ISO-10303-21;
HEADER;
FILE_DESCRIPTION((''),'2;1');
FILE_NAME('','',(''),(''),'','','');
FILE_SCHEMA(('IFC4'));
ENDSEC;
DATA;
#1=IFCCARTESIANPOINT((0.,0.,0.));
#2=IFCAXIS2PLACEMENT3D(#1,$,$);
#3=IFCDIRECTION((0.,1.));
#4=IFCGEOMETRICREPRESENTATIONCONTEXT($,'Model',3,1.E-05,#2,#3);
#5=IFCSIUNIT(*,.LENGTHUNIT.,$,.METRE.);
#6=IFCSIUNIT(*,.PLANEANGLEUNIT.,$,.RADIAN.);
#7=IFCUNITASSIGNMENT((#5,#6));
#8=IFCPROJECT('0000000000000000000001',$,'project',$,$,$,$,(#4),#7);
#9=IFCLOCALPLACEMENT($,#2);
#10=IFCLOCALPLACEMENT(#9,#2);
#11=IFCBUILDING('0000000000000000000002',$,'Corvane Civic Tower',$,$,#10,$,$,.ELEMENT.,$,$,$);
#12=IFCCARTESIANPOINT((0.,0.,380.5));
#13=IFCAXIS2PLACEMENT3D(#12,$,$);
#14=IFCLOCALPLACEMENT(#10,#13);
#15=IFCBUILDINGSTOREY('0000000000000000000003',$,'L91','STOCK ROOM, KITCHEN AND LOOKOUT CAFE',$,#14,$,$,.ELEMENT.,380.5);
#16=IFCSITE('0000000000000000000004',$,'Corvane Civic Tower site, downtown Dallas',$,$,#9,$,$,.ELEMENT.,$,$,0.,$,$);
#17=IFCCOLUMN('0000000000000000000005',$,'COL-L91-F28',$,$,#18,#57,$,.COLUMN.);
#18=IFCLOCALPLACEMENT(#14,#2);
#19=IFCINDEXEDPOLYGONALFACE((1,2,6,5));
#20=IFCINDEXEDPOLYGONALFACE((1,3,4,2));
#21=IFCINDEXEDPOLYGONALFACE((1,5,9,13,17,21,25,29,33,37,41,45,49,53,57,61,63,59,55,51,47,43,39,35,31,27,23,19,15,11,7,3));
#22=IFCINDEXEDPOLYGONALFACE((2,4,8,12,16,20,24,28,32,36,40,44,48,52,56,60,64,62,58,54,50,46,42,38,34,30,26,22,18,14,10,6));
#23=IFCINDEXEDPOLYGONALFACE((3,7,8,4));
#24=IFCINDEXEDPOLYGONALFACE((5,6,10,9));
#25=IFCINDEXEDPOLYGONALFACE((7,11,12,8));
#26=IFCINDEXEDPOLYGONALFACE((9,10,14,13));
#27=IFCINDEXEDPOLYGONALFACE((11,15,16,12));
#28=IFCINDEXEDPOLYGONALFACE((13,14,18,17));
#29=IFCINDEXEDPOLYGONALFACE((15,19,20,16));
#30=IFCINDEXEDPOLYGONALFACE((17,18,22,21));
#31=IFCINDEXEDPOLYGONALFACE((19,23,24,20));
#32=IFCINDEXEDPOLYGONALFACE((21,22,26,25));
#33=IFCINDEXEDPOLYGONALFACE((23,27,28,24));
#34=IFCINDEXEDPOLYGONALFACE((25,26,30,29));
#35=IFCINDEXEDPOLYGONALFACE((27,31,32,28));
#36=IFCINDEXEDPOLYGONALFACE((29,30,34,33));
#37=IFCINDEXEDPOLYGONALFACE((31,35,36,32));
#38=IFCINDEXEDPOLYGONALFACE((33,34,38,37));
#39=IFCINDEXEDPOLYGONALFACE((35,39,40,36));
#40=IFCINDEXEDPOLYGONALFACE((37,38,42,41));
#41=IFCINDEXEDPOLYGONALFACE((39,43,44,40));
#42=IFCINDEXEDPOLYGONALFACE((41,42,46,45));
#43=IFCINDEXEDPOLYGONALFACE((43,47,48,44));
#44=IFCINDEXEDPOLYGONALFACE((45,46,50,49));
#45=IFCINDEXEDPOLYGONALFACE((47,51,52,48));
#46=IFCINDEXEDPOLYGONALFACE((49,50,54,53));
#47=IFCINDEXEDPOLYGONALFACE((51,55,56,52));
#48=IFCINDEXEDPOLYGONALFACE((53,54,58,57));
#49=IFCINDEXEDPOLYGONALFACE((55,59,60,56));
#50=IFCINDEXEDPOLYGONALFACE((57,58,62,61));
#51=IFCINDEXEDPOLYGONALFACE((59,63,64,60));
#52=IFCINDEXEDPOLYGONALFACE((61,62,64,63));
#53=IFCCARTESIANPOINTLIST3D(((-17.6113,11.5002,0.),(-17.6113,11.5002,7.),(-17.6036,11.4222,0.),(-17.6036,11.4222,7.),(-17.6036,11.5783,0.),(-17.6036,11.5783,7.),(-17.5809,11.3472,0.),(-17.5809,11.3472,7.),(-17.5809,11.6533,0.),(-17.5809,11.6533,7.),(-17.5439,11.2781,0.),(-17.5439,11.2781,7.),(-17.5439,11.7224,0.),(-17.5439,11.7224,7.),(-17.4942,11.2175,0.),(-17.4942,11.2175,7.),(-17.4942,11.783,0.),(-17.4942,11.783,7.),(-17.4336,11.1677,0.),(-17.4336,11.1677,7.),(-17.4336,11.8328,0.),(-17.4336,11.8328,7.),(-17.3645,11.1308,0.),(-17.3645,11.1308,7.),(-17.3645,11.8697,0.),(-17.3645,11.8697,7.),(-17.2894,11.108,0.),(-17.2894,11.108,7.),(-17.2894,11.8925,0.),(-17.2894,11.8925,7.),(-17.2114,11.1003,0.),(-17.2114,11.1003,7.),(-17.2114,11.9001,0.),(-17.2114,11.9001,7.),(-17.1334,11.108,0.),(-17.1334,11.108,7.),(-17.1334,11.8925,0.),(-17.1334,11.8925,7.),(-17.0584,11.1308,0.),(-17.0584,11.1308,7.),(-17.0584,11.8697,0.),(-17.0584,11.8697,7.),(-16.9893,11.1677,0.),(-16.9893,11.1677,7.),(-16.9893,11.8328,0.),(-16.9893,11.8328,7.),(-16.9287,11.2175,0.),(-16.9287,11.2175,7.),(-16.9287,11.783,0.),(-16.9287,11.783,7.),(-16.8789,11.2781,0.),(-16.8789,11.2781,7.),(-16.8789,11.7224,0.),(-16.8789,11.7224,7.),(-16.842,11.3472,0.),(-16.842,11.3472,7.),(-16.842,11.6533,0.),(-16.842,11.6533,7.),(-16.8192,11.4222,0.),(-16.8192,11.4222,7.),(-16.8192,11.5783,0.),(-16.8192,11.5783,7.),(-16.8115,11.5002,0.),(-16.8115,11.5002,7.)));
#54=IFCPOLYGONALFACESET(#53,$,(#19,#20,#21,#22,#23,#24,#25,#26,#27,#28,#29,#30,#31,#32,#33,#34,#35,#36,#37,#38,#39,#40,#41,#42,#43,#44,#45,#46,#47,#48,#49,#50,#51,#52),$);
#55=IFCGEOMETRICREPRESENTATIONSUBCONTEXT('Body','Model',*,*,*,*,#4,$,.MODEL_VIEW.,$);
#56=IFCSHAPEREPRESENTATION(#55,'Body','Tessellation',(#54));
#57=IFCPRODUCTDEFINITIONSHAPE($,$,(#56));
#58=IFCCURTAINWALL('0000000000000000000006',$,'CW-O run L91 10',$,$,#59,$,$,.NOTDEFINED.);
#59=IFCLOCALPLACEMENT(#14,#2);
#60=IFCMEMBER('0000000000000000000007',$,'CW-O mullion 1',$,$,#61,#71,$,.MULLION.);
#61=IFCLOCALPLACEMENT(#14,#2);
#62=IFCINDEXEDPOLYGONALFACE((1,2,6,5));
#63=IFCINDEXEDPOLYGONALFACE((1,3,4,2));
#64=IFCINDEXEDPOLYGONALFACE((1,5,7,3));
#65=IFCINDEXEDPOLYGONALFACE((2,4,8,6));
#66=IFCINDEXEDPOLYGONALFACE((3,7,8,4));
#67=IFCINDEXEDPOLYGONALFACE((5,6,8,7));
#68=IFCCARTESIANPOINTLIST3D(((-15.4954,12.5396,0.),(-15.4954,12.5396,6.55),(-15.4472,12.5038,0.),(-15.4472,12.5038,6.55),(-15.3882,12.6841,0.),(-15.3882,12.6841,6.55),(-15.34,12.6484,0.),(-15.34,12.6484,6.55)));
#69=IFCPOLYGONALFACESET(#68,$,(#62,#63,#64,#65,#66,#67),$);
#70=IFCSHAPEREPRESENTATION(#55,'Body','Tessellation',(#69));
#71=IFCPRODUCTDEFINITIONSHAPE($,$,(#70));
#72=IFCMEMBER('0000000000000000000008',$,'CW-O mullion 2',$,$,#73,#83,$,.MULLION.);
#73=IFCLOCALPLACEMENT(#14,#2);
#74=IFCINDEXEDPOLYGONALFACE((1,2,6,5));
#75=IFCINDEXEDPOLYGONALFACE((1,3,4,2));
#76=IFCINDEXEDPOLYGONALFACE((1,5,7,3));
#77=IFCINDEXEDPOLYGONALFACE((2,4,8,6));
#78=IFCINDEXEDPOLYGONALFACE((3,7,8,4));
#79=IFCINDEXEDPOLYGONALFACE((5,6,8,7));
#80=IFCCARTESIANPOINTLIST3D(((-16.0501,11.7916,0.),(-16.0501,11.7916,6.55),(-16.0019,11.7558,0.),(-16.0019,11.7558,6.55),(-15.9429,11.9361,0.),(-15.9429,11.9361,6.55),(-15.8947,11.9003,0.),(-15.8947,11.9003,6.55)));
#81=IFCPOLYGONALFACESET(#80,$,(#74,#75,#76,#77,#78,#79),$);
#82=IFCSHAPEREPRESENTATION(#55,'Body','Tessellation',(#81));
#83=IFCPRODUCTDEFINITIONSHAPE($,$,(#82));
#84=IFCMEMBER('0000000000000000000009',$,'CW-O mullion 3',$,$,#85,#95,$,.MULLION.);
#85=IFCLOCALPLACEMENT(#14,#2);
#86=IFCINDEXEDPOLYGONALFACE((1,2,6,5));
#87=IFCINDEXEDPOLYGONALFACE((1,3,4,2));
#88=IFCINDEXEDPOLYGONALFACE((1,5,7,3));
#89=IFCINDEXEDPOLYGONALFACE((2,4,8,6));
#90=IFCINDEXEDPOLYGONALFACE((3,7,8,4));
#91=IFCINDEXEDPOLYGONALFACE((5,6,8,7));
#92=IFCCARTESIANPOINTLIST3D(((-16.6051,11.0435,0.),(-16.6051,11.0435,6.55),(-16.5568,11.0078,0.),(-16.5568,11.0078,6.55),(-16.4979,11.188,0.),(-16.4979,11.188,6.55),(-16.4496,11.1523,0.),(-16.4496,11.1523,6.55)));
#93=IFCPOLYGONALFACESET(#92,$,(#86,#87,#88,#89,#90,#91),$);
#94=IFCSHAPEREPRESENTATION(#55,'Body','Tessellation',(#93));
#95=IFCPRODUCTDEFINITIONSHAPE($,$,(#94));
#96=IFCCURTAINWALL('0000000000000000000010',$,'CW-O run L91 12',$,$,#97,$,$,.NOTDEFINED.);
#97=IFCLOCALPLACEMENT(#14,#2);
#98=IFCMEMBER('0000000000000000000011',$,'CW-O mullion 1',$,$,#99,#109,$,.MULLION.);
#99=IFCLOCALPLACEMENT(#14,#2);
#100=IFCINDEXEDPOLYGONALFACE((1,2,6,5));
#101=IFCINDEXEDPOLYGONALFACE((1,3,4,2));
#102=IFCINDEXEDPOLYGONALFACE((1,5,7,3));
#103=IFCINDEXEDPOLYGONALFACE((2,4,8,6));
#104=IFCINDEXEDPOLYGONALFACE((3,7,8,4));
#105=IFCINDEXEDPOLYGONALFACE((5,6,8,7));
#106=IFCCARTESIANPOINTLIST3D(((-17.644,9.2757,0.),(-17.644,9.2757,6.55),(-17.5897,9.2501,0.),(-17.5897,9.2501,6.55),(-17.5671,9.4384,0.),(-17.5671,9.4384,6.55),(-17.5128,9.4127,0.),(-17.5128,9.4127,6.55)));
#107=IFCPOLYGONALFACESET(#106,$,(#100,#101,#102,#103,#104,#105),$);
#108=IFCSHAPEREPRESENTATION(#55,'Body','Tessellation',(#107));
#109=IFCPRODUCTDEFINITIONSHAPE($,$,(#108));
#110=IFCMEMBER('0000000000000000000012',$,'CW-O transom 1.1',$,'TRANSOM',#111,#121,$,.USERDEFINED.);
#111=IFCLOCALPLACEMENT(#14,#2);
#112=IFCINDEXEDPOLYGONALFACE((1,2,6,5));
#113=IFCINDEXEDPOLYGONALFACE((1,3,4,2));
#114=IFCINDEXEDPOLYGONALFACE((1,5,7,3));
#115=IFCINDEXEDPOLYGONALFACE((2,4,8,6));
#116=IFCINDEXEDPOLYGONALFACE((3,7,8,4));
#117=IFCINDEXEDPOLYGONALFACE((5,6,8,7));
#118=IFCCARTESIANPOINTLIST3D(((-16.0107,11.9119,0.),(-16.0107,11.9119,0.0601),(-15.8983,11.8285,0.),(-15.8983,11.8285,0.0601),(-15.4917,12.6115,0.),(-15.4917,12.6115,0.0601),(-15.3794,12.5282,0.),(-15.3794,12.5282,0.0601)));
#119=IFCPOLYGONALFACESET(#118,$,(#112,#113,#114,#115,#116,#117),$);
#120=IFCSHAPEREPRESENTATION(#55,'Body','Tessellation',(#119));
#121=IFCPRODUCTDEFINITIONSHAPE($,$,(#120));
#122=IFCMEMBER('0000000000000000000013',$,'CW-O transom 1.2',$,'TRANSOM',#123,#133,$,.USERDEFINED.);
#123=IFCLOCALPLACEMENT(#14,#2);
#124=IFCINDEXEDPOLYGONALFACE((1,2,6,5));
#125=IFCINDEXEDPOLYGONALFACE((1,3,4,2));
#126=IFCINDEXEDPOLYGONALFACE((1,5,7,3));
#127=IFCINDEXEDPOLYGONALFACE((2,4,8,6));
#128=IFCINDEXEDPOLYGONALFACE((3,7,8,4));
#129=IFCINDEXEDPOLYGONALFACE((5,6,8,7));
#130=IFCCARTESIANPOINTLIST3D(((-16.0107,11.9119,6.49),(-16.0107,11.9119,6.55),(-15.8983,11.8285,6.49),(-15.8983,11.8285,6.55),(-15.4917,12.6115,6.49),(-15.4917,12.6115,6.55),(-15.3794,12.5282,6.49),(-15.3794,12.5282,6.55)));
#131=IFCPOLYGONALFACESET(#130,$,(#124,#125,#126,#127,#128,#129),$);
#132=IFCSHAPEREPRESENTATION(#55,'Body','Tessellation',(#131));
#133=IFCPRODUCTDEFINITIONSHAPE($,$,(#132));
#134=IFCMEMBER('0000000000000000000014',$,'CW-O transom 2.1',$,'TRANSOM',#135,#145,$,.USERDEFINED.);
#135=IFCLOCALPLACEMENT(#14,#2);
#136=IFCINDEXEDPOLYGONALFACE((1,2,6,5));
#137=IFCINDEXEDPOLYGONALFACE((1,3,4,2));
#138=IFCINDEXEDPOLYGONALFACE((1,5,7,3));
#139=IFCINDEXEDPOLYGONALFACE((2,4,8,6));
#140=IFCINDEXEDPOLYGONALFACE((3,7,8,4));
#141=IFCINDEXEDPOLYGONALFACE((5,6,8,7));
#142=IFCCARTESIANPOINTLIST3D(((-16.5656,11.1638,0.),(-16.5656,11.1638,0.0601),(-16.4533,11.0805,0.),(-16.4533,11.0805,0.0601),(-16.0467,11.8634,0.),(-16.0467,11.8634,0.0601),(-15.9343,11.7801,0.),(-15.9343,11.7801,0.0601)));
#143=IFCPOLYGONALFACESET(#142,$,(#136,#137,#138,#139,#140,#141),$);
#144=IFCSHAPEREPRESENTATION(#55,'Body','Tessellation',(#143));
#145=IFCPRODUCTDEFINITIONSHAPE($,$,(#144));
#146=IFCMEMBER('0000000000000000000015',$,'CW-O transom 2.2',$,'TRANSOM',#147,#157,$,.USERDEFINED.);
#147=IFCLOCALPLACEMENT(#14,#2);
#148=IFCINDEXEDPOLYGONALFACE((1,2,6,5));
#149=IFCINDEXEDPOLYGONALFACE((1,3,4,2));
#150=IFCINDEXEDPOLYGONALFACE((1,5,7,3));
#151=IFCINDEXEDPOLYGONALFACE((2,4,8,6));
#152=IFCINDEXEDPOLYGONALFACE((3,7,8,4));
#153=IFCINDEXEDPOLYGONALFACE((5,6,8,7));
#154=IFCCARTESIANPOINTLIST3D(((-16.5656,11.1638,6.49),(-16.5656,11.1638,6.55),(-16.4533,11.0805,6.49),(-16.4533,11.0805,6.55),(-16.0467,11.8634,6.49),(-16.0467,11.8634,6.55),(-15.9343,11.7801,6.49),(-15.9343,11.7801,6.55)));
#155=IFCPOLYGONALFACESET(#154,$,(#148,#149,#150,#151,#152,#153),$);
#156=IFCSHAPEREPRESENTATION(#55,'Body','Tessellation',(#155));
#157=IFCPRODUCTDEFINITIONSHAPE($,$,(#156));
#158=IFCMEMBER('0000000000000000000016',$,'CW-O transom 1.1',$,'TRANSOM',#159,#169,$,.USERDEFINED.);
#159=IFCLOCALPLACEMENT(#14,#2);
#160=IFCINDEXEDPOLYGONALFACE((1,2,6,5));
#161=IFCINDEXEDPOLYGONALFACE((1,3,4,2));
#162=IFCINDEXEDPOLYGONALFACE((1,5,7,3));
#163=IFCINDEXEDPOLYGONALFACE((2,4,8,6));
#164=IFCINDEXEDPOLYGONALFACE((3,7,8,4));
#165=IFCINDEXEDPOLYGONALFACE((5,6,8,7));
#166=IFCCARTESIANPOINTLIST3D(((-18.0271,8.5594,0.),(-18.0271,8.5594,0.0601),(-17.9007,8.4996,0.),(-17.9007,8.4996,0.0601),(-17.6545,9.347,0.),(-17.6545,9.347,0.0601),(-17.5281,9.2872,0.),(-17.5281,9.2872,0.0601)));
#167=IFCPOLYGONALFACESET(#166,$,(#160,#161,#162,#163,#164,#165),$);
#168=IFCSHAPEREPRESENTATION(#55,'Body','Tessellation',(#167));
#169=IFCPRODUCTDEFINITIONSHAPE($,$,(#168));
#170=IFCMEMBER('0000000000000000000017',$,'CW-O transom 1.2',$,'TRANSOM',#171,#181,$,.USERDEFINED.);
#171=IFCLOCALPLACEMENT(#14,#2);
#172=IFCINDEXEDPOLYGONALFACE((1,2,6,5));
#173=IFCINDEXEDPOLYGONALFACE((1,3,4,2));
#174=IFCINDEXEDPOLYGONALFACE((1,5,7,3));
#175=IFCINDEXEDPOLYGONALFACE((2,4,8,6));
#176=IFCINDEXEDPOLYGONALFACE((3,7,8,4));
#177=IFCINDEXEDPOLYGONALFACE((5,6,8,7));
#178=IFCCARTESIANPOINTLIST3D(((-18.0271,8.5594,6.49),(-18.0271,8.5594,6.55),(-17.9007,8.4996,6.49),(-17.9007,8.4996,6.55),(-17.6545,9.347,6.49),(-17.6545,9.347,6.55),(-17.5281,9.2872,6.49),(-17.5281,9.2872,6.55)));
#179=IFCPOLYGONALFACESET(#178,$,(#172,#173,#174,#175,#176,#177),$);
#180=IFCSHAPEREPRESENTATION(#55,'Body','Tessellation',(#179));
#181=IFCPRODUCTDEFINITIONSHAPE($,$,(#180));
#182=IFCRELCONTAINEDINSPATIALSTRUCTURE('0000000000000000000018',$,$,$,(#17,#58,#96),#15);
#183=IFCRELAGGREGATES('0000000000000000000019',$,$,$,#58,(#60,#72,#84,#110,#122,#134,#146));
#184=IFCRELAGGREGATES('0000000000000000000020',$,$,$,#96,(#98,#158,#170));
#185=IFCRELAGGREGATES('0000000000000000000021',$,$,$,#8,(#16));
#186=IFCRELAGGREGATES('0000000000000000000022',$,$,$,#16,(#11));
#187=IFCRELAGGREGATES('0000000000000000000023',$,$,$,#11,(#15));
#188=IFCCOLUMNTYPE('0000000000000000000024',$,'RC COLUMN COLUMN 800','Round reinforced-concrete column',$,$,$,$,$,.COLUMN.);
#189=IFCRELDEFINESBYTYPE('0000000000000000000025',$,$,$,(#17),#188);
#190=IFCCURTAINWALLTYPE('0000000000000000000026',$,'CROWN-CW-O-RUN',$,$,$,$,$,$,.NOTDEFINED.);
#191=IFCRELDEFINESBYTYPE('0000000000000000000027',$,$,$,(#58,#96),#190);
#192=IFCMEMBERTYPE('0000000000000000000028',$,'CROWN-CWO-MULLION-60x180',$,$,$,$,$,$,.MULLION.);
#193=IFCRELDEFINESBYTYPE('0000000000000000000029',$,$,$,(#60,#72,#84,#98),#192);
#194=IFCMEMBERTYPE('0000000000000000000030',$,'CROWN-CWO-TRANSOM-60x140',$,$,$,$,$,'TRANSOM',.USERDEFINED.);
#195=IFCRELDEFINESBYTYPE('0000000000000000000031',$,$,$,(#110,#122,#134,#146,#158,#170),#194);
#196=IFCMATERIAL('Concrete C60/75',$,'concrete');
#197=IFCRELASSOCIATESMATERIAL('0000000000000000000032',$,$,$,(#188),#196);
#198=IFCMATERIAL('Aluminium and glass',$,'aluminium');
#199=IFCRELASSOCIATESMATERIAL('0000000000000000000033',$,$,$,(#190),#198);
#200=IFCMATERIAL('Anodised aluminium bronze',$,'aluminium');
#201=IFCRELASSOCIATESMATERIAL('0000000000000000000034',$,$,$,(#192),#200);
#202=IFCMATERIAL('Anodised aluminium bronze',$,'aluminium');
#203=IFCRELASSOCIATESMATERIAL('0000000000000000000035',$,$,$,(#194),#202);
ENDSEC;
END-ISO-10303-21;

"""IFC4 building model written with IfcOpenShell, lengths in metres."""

from ifc_helpers import new_model, si_unit, direction, frame, origin, origin_2d, place, context, subcontext, project, spatial, rectangle, circle, extrude, material, material_profile, profile_set, type_object, element, aggregate, save


model = new_model("IFC4")

# Units and contexts
model_context = context("Model", 3, precision=1e-05, world=origin(), true_north=direction((0.0, 1.0)))
body_context = subcontext(model_context, "Body", "Model", "MODEL_VIEW")
ifc_project = project(units=[si_unit("LENGTHUNIT", "METRE"), si_unit("PLANEANGLEUNIT", "RADIAN")], contexts=[model_context])

# Site, building, storey
site_placement = place(None, origin())
site = spatial("IfcSite", under=ifc_project, at=site_placement, Name="Corvane Civic Tower site, downtown Dallas", CompositionType="ELEMENT", RefElevation=0.0)
building_placement = place(site_placement, origin())
building = spatial("IfcBuilding", under=site, at=building_placement, Name="Corvane Civic Tower", CompositionType="ELEMENT")
storey_placement = place(building_placement, frame((0.0, 0.0, 380.5)))
storey = spatial("IfcBuildingStorey", under=building, at=storey_placement, Name="L91", Description="STOCK ROOM, KITCHEN AND LOOKOUT CAFE", CompositionType="ELEMENT", Elevation=380.5)

# Column
ifc_material_1 = material(Name="Concrete C60/75", Category="concrete")
ifc_material_profile_1 = material_profile(ifc_material_1, circle(Radius=0.3999, at=origin_2d()), Name="COLUMN 800")
ifc_profile_set_1 = profile_set([ifc_material_profile_1], Name="Concrete C60/75")
column_type = type_object("IfcColumnType", Name="RC COLUMN COLUMN 800", Description="Round reinforced-concrete column", PredefinedType="COLUMN", material=ifc_profile_set_1)
column_placement = place(storey_placement, frame((-17.2114, 11.5002, 0.0), z_axis=(0.0, 0.0, 1.0), x_axis=(1.0, 0.0, 0.0)))
element("IfcColumn", 1, at=column_placement, inside=storey, type_object=column_type, Name="COL-L91-F28", PredefinedType="COLUMN", context=body_context, shape_type="SweptSolid", body=[
    extrude(circle(Radius=0.3999, at=origin_2d()), origin(), (0.0, 0.0, 1.0), 7.0),
])

# Curtain wall, members
ifc_material_2 = material(Name="Aluminium and glass", Category="aluminium")
curtain_wall_type = type_object("IfcCurtainWallType", Name="CROWN-CW-O-RUN", PredefinedType="NOTDEFINED", material=ifc_material_2)
curtain_wall_1_placement = place(storey_placement, origin())
curtain_wall_1 = element("IfcCurtainWall", 2, at=curtain_wall_1_placement, inside=storey, type_object=curtain_wall_type, Name="CW-O run L91 10", PredefinedType="NOTDEFINED")
ifc_material_3 = material(Name="Anodised aluminium bronze", Category="aluminium")
ifc_material_profile_2 = material_profile(ifc_material_3, rectangle(XDim=0.0601, YDim=0.1799, at=origin_2d()), Name="AL 60x180")
ifc_profile_set_2 = profile_set([ifc_material_profile_2], Name="Anodised aluminium bronze")
member_type_1 = type_object("IfcMemberType", Name="CROWN-CWO-MULLION-60x180", PredefinedType="MULLION", material=ifc_profile_set_2)
member_1_placement = place(storey_placement, frame((-15.4177, 12.594, 0.0), z_axis=(0.0, 0.0, 1.0), x_axis=(0.80319, -0.595722, 0.0)))
member_1 = element("IfcMember", 3, at=member_1_placement, type_object=member_type_1, Name="CW-O mullion 1", PredefinedType="MULLION", context=body_context, shape_type="SweptSolid", body=[
    extrude(rectangle(XDim=0.0601, YDim=0.1799, at=origin_2d()), origin(), (0.0, 0.0, 1.0), 6.55),
])
member_2_placement = place(storey_placement, frame((-15.9724, 11.8459, 0.0), z_axis=(0.0, 0.0, 1.0), x_axis=(0.80319, -0.595722, 0.0)))
member_2 = element("IfcMember", 4, at=member_2_placement, type_object=member_type_1, Name="CW-O mullion 2", PredefinedType="MULLION", context=body_context, shape_type="SweptSolid", body=[
    extrude(rectangle(XDim=0.0601, YDim=0.1799, at=origin_2d()), origin(), (0.0, 0.0, 1.0), 6.55),
])
member_3_placement = place(storey_placement, frame((-16.5273, 11.0979, 0.0), z_axis=(0.0, 0.0, 1.0), x_axis=(0.80319, -0.595722, 0.0)))
member_3 = element("IfcMember", 5, at=member_3_placement, type_object=member_type_1, Name="CW-O mullion 3", PredefinedType="MULLION", context=body_context, shape_type="SweptSolid", body=[
    extrude(rectangle(XDim=0.0601, YDim=0.1799, at=origin_2d()), origin(), (0.0, 0.0, 1.0), 6.55),
])

# Curtain wall, member
curtain_wall_2_placement = place(storey_placement, origin())
curtain_wall_2 = element("IfcCurtainWall", 6, at=curtain_wall_2_placement, inside=storey, type_object=curtain_wall_type, Name="CW-O run L91 12", PredefinedType="NOTDEFINED")
member_4_placement = place(storey_placement, frame((-17.5784, 9.3442, 0.0), z_axis=(0.0, 0.0, 1.0), x_axis=(0.904011, -0.427509, 0.0)))
member_4 = element("IfcMember", 7, at=member_4_placement, type_object=member_type_1, Name="CW-O mullion 1", PredefinedType="MULLION", context=body_context, shape_type="SweptSolid", body=[
    extrude(rectangle(XDim=0.0601, YDim=0.1799, at=origin_2d()), origin(), (0.0, 0.0, 1.0), 6.55),
])

# Members
ifc_material_4 = material(Name="Anodised aluminium bronze", Category="aluminium")
ifc_material_profile_3 = material_profile(ifc_material_4, rectangle(XDim=0.1399, YDim=0.0601, at=origin_2d()), Name="AL 140x60")
ifc_profile_set_3 = profile_set([ifc_material_profile_3], Name="Anodised aluminium bronze")
member_type_2 = type_object("IfcMemberType", Name="CROWN-CWO-TRANSOM-60x140", ElementType="TRANSOM", PredefinedType="USERDEFINED", material=ifc_profile_set_3)
member_5_placement = place(storey_placement, frame((-15.4355, 12.5698, 0.03), z_axis=(-0.595777, -0.80315, 0.0), x_axis=(0.80315, -0.595777, 0.0)))
member_5 = element("IfcMember", 8, at=member_5_placement, type_object=member_type_2, Name="CW-O transom 1.1", ObjectType="TRANSOM", PredefinedType="USERDEFINED", context=body_context, shape_type="SweptSolid", body=[
    extrude(rectangle(XDim=0.1399, YDim=0.0601, at=origin_2d()), origin(), (0.0, 0.0, 1.0), 0.8711),
])
member_6_placement = place(storey_placement, frame((-15.4355, 12.5698, 6.52), z_axis=(-0.595777, -0.80315, 0.0), x_axis=(0.80315, -0.595777, 0.0)))
member_6 = element("IfcMember", 9, at=member_6_placement, type_object=member_type_2, Name="CW-O transom 1.2", ObjectType="TRANSOM", PredefinedType="USERDEFINED", context=body_context, shape_type="SweptSolid", body=[
    extrude(rectangle(XDim=0.1399, YDim=0.0601, at=origin_2d()), origin(), (0.0, 0.0, 1.0), 0.8711),
])
member_7_placement = place(storey_placement, frame((-15.9905, 11.8218, 0.03), z_axis=(-0.595777, -0.80315, 0.0), x_axis=(0.80315, -0.595777, 0.0)))
member_7 = element("IfcMember", 10, at=member_7_placement, type_object=member_type_2, Name="CW-O transom 2.1", ObjectType="TRANSOM", PredefinedType="USERDEFINED", context=body_context, shape_type="SweptSolid", body=[
    extrude(rectangle(XDim=0.1399, YDim=0.0601, at=origin_2d()), origin(), (0.0, 0.0, 1.0), 0.8711),
])
member_8_placement = place(storey_placement, frame((-15.9905, 11.8218, 6.52), z_axis=(-0.595777, -0.80315, 0.0), x_axis=(0.80315, -0.595777, 0.0)))
member_8 = element("IfcMember", 11, at=member_8_placement, type_object=member_type_2, Name="CW-O transom 2.2", ObjectType="TRANSOM", PredefinedType="USERDEFINED", context=body_context, shape_type="SweptSolid", body=[
    extrude(rectangle(XDim=0.1399, YDim=0.0601, at=origin_2d()), origin(), (0.0, 0.0, 1.0), 0.8711),
])
member_9_placement = place(storey_placement, frame((-17.5913, 9.3171, 0.03), z_axis=(-0.427604, -0.903966, 0.0), x_axis=(0.903966, -0.427604, 0.0)))
member_9 = element("IfcMember", 12, at=member_9_placement, type_object=member_type_2, Name="CW-O transom 1.1", ObjectType="TRANSOM", PredefinedType="USERDEFINED", context=body_context, shape_type="SweptSolid", body=[
    extrude(rectangle(XDim=0.1399, YDim=0.0601, at=origin_2d()), origin(), (0.0, 0.0, 1.0), 0.8713),
])
member_10_placement = place(storey_placement, frame((-17.5913, 9.3171, 6.52), z_axis=(-0.427604, -0.903966, 0.0), x_axis=(0.903966, -0.427604, 0.0)))
member_10 = element("IfcMember", 13, at=member_10_placement, type_object=member_type_2, Name="CW-O transom 1.2", ObjectType="TRANSOM", PredefinedType="USERDEFINED", context=body_context, shape_type="SweptSolid", body=[
    extrude(rectangle(XDim=0.1399, YDim=0.0601, at=origin_2d()), origin(), (0.0, 0.0, 1.0), 0.8713),
])

aggregate(curtain_wall_1, [member_1, member_2, member_3, member_5, member_6, member_7, member_8])
aggregate(curtain_wall_2, [member_4, member_9, member_10])

save(model, "model.ifc")
